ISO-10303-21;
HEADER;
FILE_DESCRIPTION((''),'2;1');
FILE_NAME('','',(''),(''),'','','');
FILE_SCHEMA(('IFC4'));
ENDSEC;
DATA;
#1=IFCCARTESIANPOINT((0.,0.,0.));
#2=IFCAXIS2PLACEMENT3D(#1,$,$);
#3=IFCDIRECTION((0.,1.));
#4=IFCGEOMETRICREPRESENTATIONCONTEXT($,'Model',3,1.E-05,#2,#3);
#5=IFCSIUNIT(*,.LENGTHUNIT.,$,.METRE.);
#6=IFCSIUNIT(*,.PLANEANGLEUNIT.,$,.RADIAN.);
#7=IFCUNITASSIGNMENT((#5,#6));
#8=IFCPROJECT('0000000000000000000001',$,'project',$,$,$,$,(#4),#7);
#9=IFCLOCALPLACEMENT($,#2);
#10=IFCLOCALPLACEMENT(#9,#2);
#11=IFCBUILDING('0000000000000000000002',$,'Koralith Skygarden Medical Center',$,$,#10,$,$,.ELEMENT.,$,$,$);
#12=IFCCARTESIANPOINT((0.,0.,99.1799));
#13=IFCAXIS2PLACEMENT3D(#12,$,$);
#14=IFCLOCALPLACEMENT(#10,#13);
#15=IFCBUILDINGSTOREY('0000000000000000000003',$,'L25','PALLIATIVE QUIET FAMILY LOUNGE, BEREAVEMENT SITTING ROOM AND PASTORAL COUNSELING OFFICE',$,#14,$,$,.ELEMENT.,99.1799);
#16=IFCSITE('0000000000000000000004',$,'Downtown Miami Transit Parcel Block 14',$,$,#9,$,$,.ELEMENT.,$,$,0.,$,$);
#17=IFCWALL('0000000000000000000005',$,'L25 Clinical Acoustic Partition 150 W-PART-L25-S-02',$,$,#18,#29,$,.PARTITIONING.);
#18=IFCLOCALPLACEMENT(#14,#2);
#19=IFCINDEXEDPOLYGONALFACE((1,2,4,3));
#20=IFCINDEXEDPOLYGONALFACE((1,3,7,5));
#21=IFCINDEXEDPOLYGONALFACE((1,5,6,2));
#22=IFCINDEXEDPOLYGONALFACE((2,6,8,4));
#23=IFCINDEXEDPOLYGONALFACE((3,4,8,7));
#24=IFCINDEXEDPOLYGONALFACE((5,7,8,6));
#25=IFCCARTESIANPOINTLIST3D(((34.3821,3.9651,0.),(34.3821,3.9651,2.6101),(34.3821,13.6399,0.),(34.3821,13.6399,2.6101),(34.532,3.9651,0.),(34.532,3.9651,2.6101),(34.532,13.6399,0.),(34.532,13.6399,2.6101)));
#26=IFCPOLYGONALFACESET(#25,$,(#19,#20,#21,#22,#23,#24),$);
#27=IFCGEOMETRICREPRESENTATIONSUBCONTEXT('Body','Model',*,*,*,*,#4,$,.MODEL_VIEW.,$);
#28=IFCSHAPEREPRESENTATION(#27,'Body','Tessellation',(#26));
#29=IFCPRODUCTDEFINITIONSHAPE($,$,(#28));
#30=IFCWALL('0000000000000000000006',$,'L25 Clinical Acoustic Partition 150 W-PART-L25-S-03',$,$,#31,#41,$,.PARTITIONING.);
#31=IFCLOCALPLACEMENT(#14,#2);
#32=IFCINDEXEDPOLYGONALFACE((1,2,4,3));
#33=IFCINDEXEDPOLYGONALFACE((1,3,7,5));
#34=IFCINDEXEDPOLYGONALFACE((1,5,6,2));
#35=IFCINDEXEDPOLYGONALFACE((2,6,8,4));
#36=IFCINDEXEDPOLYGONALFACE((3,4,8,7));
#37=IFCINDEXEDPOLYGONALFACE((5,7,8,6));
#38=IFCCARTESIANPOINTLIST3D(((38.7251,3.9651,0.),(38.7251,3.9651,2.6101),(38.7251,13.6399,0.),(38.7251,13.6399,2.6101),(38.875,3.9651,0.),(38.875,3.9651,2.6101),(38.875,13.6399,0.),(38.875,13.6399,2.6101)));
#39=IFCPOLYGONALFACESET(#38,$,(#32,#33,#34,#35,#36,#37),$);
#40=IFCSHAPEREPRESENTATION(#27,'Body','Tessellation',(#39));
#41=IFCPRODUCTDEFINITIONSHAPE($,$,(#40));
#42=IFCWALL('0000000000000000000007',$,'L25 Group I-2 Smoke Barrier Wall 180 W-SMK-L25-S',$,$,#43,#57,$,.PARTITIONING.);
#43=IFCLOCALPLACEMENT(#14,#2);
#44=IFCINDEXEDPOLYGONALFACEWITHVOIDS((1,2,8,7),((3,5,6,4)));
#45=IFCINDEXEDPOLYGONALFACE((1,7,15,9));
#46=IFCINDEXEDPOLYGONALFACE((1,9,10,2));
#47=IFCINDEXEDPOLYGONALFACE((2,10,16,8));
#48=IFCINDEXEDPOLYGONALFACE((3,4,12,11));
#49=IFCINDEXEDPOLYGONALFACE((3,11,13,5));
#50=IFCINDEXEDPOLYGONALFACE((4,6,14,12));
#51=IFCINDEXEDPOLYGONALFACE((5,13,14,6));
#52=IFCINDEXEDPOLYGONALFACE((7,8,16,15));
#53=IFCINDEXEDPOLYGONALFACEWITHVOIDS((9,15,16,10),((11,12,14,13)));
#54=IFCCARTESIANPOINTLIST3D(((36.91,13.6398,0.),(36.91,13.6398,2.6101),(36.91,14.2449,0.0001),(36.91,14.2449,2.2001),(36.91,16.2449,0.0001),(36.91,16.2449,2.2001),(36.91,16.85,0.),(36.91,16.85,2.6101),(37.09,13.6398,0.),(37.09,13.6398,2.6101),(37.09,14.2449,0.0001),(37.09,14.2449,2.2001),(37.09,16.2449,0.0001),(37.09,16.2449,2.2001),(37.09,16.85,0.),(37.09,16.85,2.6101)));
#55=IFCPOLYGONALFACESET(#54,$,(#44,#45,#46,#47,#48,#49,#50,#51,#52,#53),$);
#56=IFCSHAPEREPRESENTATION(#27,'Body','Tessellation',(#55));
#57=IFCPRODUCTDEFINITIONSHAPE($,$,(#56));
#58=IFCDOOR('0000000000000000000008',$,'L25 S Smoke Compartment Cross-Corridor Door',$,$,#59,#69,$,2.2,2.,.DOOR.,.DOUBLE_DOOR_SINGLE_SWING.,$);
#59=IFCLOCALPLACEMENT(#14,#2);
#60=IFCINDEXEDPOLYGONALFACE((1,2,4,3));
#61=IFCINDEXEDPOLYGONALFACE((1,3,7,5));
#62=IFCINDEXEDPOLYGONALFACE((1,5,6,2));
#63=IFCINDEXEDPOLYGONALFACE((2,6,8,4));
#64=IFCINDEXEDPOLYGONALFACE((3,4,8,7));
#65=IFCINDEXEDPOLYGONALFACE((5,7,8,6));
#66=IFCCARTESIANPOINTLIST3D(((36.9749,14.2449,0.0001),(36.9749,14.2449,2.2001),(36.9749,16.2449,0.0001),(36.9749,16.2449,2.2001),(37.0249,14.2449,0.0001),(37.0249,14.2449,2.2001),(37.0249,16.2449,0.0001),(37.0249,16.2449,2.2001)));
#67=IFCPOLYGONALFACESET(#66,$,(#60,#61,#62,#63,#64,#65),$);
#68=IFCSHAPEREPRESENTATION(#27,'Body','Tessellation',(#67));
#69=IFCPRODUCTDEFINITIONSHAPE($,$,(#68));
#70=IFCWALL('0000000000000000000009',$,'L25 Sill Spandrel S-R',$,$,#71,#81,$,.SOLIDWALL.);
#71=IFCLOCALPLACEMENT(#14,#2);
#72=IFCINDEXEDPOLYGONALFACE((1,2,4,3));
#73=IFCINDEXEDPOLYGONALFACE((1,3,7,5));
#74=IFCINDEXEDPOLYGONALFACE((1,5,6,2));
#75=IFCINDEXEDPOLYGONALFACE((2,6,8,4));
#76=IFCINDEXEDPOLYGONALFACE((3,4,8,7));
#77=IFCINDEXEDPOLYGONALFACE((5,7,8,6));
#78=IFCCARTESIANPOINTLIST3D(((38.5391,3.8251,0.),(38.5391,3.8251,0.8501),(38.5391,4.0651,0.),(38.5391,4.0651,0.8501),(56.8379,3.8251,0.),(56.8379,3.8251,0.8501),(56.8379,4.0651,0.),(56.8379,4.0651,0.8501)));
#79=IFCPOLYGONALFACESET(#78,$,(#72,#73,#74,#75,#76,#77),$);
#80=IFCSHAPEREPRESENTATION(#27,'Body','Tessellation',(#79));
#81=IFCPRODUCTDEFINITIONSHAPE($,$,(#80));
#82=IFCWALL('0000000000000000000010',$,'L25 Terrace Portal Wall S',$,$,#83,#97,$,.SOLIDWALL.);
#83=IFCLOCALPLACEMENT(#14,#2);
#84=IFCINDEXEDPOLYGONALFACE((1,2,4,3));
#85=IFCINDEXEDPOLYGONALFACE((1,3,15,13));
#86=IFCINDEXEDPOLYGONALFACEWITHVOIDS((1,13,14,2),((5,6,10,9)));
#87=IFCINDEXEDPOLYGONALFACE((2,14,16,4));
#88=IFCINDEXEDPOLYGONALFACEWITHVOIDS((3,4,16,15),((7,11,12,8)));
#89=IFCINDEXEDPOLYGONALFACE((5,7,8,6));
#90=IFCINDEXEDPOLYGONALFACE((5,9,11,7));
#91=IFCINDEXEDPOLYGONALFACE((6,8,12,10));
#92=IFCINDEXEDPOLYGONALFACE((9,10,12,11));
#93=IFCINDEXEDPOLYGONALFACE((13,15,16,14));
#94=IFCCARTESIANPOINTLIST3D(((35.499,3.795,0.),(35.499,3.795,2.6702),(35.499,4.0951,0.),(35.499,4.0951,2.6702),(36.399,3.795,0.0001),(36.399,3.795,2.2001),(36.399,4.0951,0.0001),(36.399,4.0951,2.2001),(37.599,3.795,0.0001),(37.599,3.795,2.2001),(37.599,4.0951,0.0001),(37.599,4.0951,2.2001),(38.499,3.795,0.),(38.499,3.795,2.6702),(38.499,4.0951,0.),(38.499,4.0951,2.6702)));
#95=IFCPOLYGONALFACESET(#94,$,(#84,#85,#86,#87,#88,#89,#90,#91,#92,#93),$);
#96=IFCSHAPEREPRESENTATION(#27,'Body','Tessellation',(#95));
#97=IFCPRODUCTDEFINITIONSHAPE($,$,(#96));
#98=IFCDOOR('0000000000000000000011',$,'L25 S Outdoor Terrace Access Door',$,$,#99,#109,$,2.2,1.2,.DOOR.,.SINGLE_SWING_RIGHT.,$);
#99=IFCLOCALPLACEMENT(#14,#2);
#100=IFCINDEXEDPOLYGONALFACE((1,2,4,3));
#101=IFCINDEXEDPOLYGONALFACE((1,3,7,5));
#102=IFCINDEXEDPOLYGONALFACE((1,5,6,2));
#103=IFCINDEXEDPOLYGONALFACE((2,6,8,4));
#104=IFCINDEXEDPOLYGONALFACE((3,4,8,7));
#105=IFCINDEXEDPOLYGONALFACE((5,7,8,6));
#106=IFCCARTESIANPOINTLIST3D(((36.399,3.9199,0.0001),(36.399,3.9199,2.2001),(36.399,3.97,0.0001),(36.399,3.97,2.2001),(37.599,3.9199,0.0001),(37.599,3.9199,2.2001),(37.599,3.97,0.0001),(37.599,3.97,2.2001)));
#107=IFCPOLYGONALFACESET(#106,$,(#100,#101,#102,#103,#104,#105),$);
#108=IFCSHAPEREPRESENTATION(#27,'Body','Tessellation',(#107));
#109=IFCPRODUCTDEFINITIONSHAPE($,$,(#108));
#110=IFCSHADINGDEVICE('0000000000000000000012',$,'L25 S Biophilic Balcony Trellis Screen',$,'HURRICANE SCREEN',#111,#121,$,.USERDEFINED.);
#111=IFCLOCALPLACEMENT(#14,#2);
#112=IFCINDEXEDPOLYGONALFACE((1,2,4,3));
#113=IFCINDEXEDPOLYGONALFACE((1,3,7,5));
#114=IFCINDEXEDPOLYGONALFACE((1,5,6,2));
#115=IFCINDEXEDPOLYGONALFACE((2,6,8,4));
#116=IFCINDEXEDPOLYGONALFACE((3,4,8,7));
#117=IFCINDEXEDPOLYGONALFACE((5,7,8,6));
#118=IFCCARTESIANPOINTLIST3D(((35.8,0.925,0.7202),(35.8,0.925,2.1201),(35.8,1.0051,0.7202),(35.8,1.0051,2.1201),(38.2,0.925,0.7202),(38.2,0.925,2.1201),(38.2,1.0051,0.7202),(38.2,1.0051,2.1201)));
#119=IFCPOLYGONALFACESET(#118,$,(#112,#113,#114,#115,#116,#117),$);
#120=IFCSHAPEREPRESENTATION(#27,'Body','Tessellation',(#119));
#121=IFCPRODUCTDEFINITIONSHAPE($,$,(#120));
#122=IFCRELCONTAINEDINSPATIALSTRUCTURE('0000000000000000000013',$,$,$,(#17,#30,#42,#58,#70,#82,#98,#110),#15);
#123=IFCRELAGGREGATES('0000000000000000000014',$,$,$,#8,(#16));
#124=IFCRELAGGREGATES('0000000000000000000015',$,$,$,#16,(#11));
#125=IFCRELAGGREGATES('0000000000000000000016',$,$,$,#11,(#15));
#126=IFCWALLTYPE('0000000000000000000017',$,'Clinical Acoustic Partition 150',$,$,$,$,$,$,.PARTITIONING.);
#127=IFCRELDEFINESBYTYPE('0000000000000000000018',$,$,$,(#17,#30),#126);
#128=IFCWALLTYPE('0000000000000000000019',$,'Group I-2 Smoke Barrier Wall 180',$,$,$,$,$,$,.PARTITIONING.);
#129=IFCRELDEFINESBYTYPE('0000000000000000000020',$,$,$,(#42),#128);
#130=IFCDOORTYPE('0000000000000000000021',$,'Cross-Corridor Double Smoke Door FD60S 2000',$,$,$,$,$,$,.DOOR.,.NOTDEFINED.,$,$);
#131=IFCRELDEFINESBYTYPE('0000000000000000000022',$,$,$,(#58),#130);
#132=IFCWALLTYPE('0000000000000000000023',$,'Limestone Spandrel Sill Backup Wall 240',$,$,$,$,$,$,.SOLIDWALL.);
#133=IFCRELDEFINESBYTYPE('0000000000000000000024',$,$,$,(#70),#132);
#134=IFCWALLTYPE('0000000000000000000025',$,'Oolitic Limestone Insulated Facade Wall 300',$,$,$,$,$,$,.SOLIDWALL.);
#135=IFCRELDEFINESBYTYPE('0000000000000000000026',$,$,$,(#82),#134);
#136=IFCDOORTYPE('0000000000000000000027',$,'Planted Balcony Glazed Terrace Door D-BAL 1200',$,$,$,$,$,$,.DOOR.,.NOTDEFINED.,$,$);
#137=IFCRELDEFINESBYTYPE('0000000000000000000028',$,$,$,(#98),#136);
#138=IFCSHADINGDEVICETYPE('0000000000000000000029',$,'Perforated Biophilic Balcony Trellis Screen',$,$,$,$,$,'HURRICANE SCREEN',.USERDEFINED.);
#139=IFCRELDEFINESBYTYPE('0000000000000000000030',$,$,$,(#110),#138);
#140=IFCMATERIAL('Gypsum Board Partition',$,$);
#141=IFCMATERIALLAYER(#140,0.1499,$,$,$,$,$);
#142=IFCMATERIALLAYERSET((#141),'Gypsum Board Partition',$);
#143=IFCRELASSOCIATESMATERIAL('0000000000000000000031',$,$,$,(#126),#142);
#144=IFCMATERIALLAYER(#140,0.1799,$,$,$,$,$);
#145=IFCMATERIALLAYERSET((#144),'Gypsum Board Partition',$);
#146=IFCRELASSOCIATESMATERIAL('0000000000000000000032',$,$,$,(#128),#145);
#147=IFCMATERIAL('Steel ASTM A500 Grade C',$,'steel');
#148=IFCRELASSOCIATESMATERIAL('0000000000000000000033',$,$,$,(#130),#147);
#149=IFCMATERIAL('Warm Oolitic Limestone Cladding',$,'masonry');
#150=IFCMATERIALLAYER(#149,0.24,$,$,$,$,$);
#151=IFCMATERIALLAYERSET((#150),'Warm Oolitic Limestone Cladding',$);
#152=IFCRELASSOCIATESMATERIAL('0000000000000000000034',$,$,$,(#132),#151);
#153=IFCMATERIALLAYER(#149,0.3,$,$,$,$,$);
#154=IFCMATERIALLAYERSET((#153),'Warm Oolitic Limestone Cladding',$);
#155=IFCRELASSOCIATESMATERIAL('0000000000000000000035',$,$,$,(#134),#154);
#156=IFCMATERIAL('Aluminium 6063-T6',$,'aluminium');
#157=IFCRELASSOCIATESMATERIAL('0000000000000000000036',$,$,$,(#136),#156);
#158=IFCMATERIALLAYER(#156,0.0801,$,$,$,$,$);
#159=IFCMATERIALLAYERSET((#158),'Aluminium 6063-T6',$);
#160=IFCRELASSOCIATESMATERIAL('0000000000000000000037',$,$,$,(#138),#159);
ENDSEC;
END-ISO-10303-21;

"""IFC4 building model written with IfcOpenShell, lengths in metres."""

from ifc_helpers import new_model, si_unit, direction, frame, frame_2d, origin, origin_2d, place, context, subcontext, project, spatial, rectangle, extrude, material, layer, layer_set, type_object, element, fill, save


model = new_model("IFC4")

# Units and contexts
model_context = context("Model", 3, precision=1e-05, world=origin(), true_north=direction((0.0, 1.0)))
body_context = subcontext(model_context, "Body", "Model", "MODEL_VIEW")
ifc_project = project(units=[si_unit("LENGTHUNIT", "METRE"), si_unit("PLANEANGLEUNIT", "RADIAN")], contexts=[model_context])

# Site, building, storey
site_placement = place(None, origin())
site = spatial("IfcSite", under=ifc_project, at=site_placement, Name="Downtown Miami Transit Parcel Block 14", CompositionType="ELEMENT", RefElevation=0.0)
building_placement = place(site_placement, origin())
building = spatial("IfcBuilding", under=site, at=building_placement, Name="Koralith Skygarden Medical Center", CompositionType="ELEMENT")
storey_placement = place(building_placement, frame((0.0, 0.0, 99.1799)))
storey = spatial("IfcBuildingStorey", under=building, at=storey_placement, Name="L25", Description="PALLIATIVE QUIET FAMILY LOUNGE, BEREAVEMENT SITTING ROOM AND PASTORAL COUNSELING OFFICE", CompositionType="ELEMENT", Elevation=99.1799)

# Shared definitions
ifc_material_1 = material(Name="Aluminium 6063-T6", Category="aluminium")

# Walls
ifc_material_2 = material(Name="Gypsum Board Partition")
ifc_layer_1 = layer(ifc_material_2, 0.1499)
ifc_layer_set_1 = layer_set([ifc_layer_1], Name="Gypsum Board Partition")
wall_type_1 = type_object("IfcWallType", Name="Clinical Acoustic Partition 150", PredefinedType="PARTITIONING", material=ifc_layer_set_1)
for number, where, z_axis, x_axis, name in (
    (1, (34.457, 13.6399, 0.0), (0.0, 0.0, 1.0), (0.0, -1.0, 0.0), "L25 Clinical Acoustic Partition 150 W-PART-L25-S-02"),
    (2, (38.8, 13.6399, 0.0), (0.0, 0.0, 1.0), (0.0, -1.0, 0.0), "L25 Clinical Acoustic Partition 150 W-PART-L25-S-03"),
):
    element("IfcWall", number, at=place(storey_placement, frame(where, z_axis=z_axis, x_axis=x_axis)), inside=storey, type_object=wall_type_1, Name=name, PredefinedType="PARTITIONING", context=body_context, shape_type="SweptSolid", body=[
        extrude(rectangle(XDim=9.6748, YDim=0.1499, at=frame_2d((4.8374, 0.0))), origin(), (0.0, 0.0, 1.0), 2.6101),
    ])

# Wall, opening, door
ifc_layer_2 = layer(ifc_material_2, 0.1799)
ifc_layer_set_2 = layer_set([ifc_layer_2], Name="Gypsum Board Partition")
wall_type_2 = type_object("IfcWallType", Name="Group I-2 Smoke Barrier Wall 180", PredefinedType="PARTITIONING", material=ifc_layer_set_2)
wall_1_placement = place(storey_placement, frame((37.0, 13.6399, 0.0), z_axis=(0.0, 0.0, 1.0), x_axis=(0.0, 1.0, 0.0)))
wall_1 = element("IfcWall", 3, at=wall_1_placement, inside=storey, type_object=wall_type_2, Name="L25 Group I-2 Smoke Barrier Wall 180 W-SMK-L25-S", PredefinedType="PARTITIONING", context=body_context, shape_type="SweptSolid", body=[
    extrude(rectangle(XDim=3.2102, YDim=0.1799, at=frame_2d((1.605, 0.0))), origin(), (0.0, 0.0, 1.0), 2.6101),
])
opening_1_placement = place(wall_1_placement, frame((0.605, 0.0, 0.0)))
opening_1 = element("IfcOpeningElement", 4, at=opening_1_placement, cuts=wall_1, PredefinedType="OPENING", context=body_context, shape_type="SweptSolid", body=[
    extrude(rectangle(XDim=2.0, YDim=2.2, at=frame_2d((1.0, 1.1001))), frame((0.0, 0.0999, 0.0), z_axis=(0.0, -1.0, 0.0), x_axis=(1.0, 0.0, 0.0)), (0.0, 0.0, 1.0), 0.2),
])
ifc_material_3 = material(Name="Steel ASTM A500 Grade C", Category="steel")
door_type_1 = type_object("IfcDoorType", Name="Cross-Corridor Double Smoke Door FD60S 2000", OperationType="NOTDEFINED", PredefinedType="DOOR", material=ifc_material_3)
door_1_placement = place(opening_1_placement, frame((2.0, 0.0, 0.0), z_axis=(0.0, 0.0, 1.0), x_axis=(-1.0, 0.0, 0.0)))
door_1 = element("IfcDoor", 5, at=door_1_placement, inside=storey, type_object=door_type_1, Name="L25 S Smoke Compartment Cross-Corridor Door", OperationType="DOUBLE_DOOR_SINGLE_SWING", OverallHeight=2.2, OverallWidth=2.0, PredefinedType="DOOR", context=body_context, shape_type="SweptSolid", body=[
    extrude(rectangle(XDim=2.0, YDim=2.2, at=frame_2d((1.0, 1.1001))), frame((0.0, 0.0249, 0.0), z_axis=(0.0, -1.0, 0.0), x_axis=(1.0, 0.0, 0.0)), (0.0, 0.0, 1.0), 0.05),
])
fill(opening_1, door_1)

# Wall
ifc_material_4 = material(Name="Warm Oolitic Limestone Cladding", Category="masonry")
ifc_layer_3 = layer(ifc_material_4, 0.24)
ifc_layer_set_3 = layer_set([ifc_layer_3], Name="Warm Oolitic Limestone Cladding")
wall_type_3 = type_object("IfcWallType", Name="Limestone Spandrel Sill Backup Wall 240", PredefinedType="SOLIDWALL", material=ifc_layer_set_3)
wall_2_placement = place(storey_placement, frame((38.5391, 3.9451, 0.0), z_axis=(0.0, 0.0, 1.0), x_axis=(1.0, 0.0, 0.0)))
element("IfcWall", 6, at=wall_2_placement, inside=storey, type_object=wall_type_3, Name="L25 Sill Spandrel S-R", PredefinedType="SOLIDWALL", context=body_context, shape_type="SweptSolid", body=[
    extrude(rectangle(XDim=18.2988, YDim=0.24, at=frame_2d((9.1494, 0.0))), origin(), (0.0, 0.0, 1.0), 0.8501),
])

# Wall, opening, door
ifc_layer_4 = layer(ifc_material_4, 0.3)
ifc_layer_set_4 = layer_set([ifc_layer_4], Name="Warm Oolitic Limestone Cladding")
wall_type_4 = type_object("IfcWallType", Name="Oolitic Limestone Insulated Facade Wall 300", PredefinedType="SOLIDWALL", material=ifc_layer_set_4)
wall_3_placement = place(storey_placement, frame((35.499, 3.9451, 0.0), z_axis=(0.0, 0.0, 1.0), x_axis=(1.0, 0.0, 0.0)))
wall_3 = element("IfcWall", 7, at=wall_3_placement, inside=storey, type_object=wall_type_4, Name="L25 Terrace Portal Wall S", PredefinedType="SOLIDWALL", context=body_context, shape_type="SweptSolid", body=[
    extrude(rectangle(XDim=3.0, YDim=0.3, at=frame_2d((1.5, 0.0))), origin(), (0.0, 0.0, 1.0), 2.6702),
])
opening_2_placement = place(wall_3_placement, frame((0.8999, 0.0, 0.0)))
opening_2 = element("IfcOpeningElement", 8, at=opening_2_placement, cuts=wall_3, PredefinedType="OPENING", context=body_context, shape_type="SweptSolid", body=[
    extrude(rectangle(XDim=1.2, YDim=2.2, at=frame_2d((0.6001, 1.1001))), frame((0.0, 0.1599, 0.0), z_axis=(0.0, -1.0, 0.0), x_axis=(1.0, 0.0, 0.0)), (0.0, 0.0, 1.0), 0.3201),
])
door_type_2 = type_object("IfcDoorType", Name="Planted Balcony Glazed Terrace Door D-BAL 1200", OperationType="NOTDEFINED", PredefinedType="DOOR", material=ifc_material_1)
door_2_placement = place(opening_2_placement, origin())
door_2 = element("IfcDoor", 9, at=door_2_placement, inside=storey, type_object=door_type_2, Name="L25 S Outdoor Terrace Access Door", OperationType="SINGLE_SWING_RIGHT", OverallHeight=2.2, OverallWidth=1.2, PredefinedType="DOOR", context=body_context, shape_type="SweptSolid", body=[
    extrude(rectangle(XDim=1.2, YDim=2.2, at=frame_2d((0.6001, 1.1001))), frame((0.0, 0.0249, 0.0), z_axis=(0.0, -1.0, 0.0), x_axis=(1.0, 0.0, 0.0)), (0.0, 0.0, 1.0), 0.05),
])
fill(opening_2, door_2)

# Shading device
ifc_layer_5 = layer(ifc_material_1, 0.0801)
ifc_layer_set_5 = layer_set([ifc_layer_5], Name="Aluminium 6063-T6")
shading_device_type = type_object("IfcShadingDeviceType", Name="Perforated Biophilic Balcony Trellis Screen", ElementType="HURRICANE SCREEN", PredefinedType="USERDEFINED", material=ifc_layer_set_5)
shading_device_placement = place(storey_placement, frame((37.0, 0.9651, 0.7202), z_axis=(0.0, 0.0, 1.0), x_axis=(1.0, 0.0, 0.0)))
element("IfcShadingDevice", 10, at=shading_device_placement, inside=storey, type_object=shading_device_type, Name="L25 S Biophilic Balcony Trellis Screen", ObjectType="HURRICANE SCREEN", PredefinedType="USERDEFINED", context=body_context, shape_type="SweptSolid", body=[
    extrude(rectangle(XDim=2.3999, YDim=0.0801, at=origin_2d()), origin(), (0.0, 0.0, 1.0), 1.3999),
])

save(model, "model.ifc")
